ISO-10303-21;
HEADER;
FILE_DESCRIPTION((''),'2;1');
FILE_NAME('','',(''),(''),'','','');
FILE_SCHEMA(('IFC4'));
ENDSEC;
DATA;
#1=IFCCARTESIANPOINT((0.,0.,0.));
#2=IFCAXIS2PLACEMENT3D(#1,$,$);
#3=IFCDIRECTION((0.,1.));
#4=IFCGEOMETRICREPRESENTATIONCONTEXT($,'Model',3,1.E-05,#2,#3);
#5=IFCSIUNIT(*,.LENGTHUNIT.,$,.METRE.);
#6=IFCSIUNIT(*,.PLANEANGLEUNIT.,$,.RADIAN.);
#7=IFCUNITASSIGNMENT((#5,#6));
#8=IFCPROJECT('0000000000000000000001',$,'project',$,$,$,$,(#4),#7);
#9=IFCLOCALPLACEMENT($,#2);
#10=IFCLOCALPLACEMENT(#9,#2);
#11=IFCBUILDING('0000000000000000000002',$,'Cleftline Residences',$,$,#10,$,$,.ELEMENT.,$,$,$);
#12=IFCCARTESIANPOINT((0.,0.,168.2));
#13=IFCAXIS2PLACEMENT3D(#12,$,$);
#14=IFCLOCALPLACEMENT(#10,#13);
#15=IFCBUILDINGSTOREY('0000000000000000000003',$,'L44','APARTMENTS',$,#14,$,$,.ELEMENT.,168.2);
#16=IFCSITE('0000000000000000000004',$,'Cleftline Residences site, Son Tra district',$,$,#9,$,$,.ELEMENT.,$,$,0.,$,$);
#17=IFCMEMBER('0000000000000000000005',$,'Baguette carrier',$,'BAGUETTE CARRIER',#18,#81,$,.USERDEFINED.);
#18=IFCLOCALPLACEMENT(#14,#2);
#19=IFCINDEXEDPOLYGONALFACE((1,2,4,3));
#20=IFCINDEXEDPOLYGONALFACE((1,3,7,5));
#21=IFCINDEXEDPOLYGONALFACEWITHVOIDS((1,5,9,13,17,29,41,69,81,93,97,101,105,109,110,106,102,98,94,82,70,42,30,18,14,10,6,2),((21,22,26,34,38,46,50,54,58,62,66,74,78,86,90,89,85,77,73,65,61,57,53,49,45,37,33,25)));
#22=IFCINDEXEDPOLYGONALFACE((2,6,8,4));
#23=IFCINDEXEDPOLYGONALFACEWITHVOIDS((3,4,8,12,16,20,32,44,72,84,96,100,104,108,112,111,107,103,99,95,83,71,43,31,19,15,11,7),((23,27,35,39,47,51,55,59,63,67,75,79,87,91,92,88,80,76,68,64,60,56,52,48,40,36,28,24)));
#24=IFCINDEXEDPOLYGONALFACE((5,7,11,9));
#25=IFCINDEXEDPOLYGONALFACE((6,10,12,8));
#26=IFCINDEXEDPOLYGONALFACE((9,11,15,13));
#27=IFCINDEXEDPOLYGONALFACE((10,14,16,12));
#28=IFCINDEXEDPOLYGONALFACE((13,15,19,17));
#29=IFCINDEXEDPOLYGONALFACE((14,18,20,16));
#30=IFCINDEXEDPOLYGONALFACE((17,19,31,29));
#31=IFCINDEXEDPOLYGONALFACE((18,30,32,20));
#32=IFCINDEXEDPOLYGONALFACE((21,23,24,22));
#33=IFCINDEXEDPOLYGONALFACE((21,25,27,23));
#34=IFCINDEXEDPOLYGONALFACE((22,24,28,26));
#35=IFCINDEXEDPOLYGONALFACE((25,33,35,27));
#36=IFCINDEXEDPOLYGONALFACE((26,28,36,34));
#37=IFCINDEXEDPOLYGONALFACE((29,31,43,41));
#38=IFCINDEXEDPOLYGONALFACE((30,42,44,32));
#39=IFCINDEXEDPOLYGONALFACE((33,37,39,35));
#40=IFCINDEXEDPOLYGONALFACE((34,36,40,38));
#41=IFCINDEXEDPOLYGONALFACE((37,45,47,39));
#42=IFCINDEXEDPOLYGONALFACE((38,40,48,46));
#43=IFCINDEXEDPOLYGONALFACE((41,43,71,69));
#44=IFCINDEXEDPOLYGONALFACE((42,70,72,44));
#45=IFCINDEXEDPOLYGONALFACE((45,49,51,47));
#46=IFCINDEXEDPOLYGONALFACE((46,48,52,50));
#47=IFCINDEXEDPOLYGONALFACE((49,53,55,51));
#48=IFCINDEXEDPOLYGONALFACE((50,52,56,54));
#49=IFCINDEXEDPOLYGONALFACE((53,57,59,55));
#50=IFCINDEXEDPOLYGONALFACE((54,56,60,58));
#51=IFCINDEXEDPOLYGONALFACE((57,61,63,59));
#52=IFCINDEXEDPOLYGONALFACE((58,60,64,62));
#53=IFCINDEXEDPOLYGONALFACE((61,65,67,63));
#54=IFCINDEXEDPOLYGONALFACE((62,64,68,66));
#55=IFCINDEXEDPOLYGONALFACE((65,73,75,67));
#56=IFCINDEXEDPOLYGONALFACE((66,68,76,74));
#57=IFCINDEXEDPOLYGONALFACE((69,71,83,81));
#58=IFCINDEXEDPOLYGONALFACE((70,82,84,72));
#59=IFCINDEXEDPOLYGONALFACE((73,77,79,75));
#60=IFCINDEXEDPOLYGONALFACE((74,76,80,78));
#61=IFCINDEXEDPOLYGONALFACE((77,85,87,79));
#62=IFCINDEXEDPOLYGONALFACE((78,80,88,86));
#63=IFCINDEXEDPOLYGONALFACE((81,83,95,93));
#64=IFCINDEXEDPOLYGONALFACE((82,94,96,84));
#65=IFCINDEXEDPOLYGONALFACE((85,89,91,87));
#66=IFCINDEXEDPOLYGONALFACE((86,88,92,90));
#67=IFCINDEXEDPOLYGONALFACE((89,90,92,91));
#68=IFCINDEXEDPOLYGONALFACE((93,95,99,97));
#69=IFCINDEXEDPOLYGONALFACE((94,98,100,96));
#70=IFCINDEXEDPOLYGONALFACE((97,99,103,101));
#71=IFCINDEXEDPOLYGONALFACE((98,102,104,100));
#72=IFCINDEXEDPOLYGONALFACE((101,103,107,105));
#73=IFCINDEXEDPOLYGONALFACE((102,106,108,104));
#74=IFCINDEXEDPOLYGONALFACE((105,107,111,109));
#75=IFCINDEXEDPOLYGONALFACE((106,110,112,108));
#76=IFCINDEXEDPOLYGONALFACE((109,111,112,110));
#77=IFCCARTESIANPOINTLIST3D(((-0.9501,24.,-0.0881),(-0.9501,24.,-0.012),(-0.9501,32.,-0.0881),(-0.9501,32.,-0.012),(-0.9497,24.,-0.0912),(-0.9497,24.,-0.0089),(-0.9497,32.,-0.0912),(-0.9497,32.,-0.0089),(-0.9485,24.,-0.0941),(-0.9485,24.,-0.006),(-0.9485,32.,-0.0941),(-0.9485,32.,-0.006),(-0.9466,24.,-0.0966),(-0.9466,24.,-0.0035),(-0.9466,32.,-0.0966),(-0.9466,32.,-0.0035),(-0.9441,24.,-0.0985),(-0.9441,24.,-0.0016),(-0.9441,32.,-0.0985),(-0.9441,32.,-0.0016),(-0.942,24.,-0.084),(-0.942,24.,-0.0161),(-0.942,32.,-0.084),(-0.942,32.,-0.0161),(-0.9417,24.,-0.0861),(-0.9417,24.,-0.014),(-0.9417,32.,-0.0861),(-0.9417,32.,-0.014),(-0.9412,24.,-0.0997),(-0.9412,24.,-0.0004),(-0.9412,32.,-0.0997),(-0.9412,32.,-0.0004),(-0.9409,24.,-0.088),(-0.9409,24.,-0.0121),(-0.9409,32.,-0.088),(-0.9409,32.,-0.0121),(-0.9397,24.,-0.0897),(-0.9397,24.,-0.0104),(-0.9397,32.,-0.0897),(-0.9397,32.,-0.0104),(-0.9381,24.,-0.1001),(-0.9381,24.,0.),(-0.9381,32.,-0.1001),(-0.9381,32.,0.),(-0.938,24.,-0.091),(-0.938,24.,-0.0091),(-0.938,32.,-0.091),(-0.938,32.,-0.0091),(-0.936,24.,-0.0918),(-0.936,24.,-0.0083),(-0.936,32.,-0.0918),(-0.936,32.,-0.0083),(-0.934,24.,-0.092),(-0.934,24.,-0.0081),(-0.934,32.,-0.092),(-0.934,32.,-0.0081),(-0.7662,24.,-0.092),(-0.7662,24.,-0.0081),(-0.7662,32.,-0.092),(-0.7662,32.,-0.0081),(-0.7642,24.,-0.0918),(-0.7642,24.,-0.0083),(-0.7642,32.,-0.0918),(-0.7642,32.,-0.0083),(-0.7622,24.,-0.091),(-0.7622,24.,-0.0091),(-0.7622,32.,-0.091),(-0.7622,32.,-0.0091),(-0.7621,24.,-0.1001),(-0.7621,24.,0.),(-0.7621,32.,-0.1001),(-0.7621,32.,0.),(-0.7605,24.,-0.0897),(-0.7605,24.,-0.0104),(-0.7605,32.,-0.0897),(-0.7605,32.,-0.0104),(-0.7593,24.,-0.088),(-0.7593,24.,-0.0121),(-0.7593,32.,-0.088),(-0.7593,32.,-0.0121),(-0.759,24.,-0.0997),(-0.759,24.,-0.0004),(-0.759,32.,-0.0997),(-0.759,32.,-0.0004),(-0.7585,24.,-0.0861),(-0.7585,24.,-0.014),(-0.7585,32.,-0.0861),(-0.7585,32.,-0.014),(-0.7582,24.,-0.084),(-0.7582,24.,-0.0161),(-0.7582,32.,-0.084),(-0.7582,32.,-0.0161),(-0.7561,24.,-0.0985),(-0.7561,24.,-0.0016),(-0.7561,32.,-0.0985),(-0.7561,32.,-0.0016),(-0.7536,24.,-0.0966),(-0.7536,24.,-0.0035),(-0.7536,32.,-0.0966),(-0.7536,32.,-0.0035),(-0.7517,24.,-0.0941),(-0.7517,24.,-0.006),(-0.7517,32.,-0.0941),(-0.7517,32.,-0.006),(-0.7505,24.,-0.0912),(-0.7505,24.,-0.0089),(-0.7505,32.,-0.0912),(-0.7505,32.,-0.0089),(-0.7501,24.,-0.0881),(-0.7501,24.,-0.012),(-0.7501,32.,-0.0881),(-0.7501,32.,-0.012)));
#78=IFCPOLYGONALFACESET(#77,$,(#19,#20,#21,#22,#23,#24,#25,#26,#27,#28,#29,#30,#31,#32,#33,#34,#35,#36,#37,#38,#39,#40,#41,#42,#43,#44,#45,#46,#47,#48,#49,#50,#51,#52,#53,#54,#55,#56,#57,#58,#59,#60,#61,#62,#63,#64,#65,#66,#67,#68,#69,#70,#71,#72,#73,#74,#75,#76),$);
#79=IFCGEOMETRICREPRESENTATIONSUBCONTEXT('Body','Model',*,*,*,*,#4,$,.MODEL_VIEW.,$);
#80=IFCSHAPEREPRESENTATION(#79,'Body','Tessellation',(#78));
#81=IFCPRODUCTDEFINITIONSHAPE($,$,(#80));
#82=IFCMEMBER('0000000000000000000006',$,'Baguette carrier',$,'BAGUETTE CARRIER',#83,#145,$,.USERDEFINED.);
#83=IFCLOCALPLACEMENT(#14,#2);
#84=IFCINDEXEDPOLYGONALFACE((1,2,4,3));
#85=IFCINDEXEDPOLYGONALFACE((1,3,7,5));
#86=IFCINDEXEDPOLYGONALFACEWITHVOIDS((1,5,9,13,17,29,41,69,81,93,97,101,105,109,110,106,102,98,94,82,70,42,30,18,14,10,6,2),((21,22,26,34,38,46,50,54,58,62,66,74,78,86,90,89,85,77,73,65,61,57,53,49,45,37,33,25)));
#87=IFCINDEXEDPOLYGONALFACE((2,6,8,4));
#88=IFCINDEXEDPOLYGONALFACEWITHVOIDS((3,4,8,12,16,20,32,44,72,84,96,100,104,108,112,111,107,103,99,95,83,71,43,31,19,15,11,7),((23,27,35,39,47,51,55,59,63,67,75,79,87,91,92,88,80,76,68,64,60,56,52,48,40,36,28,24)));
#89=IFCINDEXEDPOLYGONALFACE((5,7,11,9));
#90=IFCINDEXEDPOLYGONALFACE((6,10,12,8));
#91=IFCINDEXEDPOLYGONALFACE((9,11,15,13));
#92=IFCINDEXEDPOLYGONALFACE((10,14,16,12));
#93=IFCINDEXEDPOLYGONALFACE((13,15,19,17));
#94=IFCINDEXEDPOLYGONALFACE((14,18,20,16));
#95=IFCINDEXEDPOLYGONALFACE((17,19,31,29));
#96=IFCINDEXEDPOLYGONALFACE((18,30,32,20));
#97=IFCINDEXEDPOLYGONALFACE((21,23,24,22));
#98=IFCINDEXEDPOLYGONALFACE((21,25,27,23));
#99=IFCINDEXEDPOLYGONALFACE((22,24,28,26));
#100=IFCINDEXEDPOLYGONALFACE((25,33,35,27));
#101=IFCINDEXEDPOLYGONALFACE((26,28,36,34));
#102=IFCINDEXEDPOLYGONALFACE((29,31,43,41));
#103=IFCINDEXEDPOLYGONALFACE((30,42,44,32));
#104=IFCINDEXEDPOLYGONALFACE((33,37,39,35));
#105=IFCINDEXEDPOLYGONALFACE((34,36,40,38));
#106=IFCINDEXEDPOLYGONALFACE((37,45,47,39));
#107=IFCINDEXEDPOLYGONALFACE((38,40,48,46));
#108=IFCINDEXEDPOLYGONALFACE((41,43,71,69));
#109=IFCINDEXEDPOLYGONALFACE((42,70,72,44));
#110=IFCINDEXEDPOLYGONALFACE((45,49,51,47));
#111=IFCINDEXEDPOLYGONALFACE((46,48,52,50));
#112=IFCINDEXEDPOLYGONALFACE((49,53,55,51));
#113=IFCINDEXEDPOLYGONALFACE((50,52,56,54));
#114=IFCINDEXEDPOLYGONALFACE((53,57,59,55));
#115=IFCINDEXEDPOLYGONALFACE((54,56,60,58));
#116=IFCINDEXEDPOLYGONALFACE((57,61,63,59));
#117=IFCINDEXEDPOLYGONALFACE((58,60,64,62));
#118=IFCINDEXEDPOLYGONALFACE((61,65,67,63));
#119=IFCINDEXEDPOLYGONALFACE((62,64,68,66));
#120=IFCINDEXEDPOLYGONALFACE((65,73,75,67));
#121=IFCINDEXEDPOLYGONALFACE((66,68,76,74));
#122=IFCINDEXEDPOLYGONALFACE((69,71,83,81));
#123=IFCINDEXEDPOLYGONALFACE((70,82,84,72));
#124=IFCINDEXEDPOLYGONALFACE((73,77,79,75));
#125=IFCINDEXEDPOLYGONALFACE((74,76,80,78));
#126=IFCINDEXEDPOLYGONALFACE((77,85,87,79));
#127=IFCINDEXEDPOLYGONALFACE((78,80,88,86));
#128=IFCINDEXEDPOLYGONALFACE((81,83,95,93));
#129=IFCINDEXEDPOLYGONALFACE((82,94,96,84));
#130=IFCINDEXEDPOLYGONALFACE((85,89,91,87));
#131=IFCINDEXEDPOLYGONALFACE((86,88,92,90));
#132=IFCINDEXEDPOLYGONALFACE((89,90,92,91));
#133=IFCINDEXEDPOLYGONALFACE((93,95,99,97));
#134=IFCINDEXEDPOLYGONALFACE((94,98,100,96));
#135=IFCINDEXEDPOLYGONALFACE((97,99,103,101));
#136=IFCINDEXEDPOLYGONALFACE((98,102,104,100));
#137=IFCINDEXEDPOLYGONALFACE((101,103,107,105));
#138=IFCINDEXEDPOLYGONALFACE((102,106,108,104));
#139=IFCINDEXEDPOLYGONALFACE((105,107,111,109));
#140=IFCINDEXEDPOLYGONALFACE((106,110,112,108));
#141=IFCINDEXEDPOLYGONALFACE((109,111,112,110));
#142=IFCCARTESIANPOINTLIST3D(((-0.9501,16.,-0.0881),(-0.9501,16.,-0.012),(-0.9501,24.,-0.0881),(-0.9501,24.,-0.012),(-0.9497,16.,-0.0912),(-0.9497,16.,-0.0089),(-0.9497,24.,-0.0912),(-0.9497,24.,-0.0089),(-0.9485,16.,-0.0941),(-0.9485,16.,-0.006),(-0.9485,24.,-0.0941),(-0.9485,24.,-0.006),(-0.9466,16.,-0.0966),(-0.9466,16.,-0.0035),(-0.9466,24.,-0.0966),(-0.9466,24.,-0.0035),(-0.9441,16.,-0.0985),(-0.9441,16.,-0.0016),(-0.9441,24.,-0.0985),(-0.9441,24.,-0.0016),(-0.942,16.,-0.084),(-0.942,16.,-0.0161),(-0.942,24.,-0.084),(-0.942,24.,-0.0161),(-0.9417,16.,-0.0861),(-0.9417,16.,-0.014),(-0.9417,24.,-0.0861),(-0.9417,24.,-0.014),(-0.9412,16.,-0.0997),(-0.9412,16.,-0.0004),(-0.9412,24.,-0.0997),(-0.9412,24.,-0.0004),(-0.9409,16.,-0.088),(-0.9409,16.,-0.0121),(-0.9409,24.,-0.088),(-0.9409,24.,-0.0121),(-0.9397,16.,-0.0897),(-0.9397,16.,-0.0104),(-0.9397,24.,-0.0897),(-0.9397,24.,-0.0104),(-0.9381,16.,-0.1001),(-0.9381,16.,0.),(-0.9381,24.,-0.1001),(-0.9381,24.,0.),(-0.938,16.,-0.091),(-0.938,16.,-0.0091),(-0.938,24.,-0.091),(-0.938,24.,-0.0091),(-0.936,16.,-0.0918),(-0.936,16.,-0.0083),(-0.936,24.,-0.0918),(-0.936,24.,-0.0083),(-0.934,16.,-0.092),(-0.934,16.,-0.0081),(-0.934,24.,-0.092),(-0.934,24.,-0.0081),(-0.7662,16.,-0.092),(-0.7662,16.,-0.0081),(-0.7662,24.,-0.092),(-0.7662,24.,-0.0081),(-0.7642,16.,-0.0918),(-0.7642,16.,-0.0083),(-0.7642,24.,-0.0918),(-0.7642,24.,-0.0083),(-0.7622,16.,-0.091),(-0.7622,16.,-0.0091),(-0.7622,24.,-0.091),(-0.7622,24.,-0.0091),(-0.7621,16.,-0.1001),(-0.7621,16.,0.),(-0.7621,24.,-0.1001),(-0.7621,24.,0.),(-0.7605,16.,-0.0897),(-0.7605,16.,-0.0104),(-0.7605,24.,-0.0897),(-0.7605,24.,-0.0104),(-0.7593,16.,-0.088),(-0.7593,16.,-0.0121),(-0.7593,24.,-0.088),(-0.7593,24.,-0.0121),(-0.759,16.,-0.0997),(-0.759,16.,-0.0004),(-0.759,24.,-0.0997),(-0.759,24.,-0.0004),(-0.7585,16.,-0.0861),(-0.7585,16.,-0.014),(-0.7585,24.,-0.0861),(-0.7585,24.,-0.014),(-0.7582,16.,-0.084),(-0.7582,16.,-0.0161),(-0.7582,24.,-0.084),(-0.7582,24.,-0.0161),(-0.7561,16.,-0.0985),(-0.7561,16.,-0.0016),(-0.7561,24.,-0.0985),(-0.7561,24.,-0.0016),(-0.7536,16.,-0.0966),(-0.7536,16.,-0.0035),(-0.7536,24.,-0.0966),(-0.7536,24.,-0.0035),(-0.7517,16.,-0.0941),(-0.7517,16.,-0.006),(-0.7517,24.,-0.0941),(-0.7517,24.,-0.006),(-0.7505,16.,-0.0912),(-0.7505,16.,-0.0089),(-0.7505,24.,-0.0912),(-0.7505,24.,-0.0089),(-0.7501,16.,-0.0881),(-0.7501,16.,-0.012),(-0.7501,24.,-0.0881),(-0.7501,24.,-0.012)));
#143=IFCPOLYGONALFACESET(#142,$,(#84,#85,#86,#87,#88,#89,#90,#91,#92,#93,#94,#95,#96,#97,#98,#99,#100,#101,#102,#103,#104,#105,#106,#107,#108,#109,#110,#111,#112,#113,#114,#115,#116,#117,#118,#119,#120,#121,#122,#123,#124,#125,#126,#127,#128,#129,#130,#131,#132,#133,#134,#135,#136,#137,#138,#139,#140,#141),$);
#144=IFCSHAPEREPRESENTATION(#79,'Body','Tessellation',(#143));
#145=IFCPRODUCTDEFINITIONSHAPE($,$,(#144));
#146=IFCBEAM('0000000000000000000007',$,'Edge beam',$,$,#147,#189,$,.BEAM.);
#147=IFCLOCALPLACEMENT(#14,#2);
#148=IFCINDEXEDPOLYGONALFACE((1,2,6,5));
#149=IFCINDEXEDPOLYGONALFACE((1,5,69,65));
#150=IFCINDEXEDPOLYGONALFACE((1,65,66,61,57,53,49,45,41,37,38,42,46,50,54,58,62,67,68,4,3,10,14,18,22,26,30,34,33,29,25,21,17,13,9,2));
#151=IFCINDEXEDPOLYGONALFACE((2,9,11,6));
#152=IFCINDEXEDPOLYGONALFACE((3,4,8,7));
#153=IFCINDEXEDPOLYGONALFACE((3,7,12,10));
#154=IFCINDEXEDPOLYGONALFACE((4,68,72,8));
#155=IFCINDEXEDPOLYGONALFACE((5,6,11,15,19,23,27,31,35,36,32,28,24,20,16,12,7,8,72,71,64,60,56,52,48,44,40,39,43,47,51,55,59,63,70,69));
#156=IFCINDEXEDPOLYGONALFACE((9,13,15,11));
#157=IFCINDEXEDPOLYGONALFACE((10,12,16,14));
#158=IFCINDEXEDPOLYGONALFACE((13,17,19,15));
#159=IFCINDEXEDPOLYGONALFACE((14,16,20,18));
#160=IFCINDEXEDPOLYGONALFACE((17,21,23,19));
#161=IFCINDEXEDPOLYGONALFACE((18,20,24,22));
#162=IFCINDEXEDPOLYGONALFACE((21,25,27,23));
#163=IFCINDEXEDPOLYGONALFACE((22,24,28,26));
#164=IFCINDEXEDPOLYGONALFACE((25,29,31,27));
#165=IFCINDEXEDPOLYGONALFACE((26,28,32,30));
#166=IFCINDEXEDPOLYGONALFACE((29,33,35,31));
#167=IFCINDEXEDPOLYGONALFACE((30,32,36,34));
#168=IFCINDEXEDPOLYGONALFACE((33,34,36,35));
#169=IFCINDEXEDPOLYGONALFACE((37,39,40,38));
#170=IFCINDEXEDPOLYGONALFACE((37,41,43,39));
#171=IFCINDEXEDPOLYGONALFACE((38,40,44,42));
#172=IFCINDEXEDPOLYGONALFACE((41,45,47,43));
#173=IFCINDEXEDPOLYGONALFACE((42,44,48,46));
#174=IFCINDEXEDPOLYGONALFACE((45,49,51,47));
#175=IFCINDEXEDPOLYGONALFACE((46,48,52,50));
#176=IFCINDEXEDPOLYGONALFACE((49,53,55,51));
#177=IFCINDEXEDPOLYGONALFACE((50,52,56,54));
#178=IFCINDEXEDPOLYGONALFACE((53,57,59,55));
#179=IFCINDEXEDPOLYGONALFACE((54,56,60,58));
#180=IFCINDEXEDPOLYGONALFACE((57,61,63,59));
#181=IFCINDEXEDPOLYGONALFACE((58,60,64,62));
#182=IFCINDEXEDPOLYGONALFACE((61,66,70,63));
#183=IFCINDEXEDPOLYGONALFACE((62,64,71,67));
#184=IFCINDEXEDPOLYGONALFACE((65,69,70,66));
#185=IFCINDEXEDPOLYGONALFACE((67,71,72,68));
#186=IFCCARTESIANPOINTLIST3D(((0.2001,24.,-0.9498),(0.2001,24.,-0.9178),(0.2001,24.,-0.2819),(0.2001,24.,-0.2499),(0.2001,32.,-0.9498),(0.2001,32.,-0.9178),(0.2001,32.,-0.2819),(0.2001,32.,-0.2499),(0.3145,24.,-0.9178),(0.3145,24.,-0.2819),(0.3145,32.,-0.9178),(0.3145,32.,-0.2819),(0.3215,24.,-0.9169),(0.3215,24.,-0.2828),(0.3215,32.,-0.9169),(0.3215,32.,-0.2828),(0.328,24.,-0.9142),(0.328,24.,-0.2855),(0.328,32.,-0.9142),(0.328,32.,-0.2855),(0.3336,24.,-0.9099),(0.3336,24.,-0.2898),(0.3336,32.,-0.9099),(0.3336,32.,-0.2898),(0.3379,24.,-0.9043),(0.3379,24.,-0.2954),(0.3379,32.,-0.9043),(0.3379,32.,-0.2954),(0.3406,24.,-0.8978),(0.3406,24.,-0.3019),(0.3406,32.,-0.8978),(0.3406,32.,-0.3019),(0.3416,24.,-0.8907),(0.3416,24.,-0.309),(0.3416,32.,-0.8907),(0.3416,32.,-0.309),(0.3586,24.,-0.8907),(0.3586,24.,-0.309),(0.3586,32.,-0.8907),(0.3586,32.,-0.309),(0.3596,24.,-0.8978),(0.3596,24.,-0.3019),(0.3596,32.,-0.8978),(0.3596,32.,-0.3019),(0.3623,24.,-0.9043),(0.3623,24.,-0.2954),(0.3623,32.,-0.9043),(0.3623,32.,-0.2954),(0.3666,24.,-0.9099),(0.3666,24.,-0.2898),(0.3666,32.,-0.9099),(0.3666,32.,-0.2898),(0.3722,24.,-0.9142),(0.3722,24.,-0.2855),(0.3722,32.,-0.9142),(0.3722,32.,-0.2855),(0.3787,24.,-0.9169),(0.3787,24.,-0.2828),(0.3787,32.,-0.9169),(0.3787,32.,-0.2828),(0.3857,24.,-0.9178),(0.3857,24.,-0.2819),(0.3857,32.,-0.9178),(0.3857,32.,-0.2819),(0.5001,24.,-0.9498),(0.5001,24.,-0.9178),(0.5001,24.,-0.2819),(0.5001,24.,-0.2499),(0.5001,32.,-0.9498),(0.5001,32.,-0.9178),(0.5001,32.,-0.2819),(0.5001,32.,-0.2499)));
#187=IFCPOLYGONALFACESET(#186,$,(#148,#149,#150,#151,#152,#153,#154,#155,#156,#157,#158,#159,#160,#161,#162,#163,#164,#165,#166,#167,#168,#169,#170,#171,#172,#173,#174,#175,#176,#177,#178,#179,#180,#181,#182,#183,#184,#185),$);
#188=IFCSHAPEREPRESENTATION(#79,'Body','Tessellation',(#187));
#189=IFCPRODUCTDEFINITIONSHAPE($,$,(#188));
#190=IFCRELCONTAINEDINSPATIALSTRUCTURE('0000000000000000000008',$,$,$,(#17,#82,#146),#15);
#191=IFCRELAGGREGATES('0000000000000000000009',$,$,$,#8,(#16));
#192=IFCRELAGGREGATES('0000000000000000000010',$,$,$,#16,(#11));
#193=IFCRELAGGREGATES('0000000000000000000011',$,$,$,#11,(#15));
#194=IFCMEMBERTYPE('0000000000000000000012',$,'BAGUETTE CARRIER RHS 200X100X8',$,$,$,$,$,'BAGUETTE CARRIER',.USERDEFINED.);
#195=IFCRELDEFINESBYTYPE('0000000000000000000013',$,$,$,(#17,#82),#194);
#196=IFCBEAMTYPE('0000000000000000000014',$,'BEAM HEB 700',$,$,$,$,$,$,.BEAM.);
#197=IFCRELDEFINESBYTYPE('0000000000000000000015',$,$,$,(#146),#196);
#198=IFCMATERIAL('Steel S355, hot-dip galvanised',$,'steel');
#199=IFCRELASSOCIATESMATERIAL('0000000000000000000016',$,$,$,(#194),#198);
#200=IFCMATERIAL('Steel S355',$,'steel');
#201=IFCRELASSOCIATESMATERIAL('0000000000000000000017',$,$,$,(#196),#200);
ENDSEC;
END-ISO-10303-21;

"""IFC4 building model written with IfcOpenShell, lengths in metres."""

from ifc_helpers import new_model, si_unit, direction, frame, origin, origin_2d, place, context, subcontext, project, spatial, hollow_rectangle, i_section, extrude, material, material_profile, profile_set, type_object, element, save


model = new_model("IFC4")

# Units and contexts
model_context = context("Model", 3, precision=1e-05, world=origin(), true_north=direction((0.0, 1.0)))
body_context = subcontext(model_context, "Body", "Model", "MODEL_VIEW")
ifc_project = project(units=[si_unit("LENGTHUNIT", "METRE"), si_unit("PLANEANGLEUNIT", "RADIAN")], contexts=[model_context])

# Site, building, storey
site_placement = place(None, origin())
site = spatial("IfcSite", under=ifc_project, at=site_placement, Name="Cleftline Residences site, Son Tra district", CompositionType="ELEMENT", RefElevation=0.0)
building_placement = place(site_placement, origin())
building = spatial("IfcBuilding", under=site, at=building_placement, Name="Cleftline Residences", CompositionType="ELEMENT")
storey_placement = place(building_placement, frame((0.0, 0.0, 168.2)))
storey = spatial("IfcBuildingStorey", under=building, at=storey_placement, Name="L44", Description="APARTMENTS", CompositionType="ELEMENT", Elevation=168.2)

# Members
ifc_material_1 = material(Name="Steel S355, hot-dip galvanised", Category="steel")
ifc_material_profile_1 = material_profile(ifc_material_1, hollow_rectangle(XDim=0.1001, YDim=0.2, WallThickness=0.0081, InnerFilletRadius=0.0081, OuterFilletRadius=0.012, at=origin_2d()))
ifc_profile_set_1 = profile_set([ifc_material_profile_1], Name="Steel S355, hot-dip galvanised")
member_type_1 = type_object("IfcMemberType", Name="BAGUETTE CARRIER RHS 200X100X8", ElementType="BAGUETTE CARRIER", PredefinedType="USERDEFINED", material=ifc_profile_set_1)
for number, where, z_axis, x_axis, name in (
    (1, (-0.8501, 32.0, -0.05), (0.0, -1.0, 0.0), (0.0, 0.0, 1.0), "Baguette carrier"),
    (2, (-0.8501, 24.0, -0.05), (0.0, -1.0, 0.0), (0.0, 0.0, 1.0), "Baguette carrier"),
):
    element("IfcMember", number, at=place(storey_placement, frame(where, z_axis=z_axis, x_axis=x_axis)), inside=storey, type_object=member_type_1, Name=name, ObjectType="BAGUETTE CARRIER", PredefinedType="USERDEFINED", context=body_context, shape_type="SweptSolid", body=[
        extrude(hollow_rectangle(XDim=0.1001, YDim=0.2, WallThickness=0.0081, InnerFilletRadius=0.0081, OuterFilletRadius=0.012, at=origin_2d()), origin(), (0.0, 0.0, 1.0), 8.0),
    ])

# Beam
ifc_material_2 = material(Name="Steel S355", Category="steel")
ifc_material_profile_2 = material_profile(ifc_material_2, i_section(OverallWidth=0.3, OverallDepth=0.7, WebThickness=0.0171, FlangeThickness=0.032, FilletRadius=0.0271, at=origin_2d()))
ifc_profile_set_2 = profile_set([ifc_material_profile_2], Name="Steel S355")
beam_type_1 = type_object("IfcBeamType", Name="BEAM HEB 700", PredefinedType="BEAM", material=ifc_profile_set_2)
for number, where, z_axis, x_axis, name in (
    (3, (0.3501, 24.0, -0.5999), (0.0, 1.0, 0.0), (-1.0, 0.0, 0.0), "Edge beam"),
):
    element("IfcBeam", number, at=place(storey_placement, frame(where, z_axis=z_axis, x_axis=x_axis)), inside=storey, type_object=beam_type_1, Name=name, PredefinedType="BEAM", context=body_context, shape_type="SweptSolid", body=[
        extrude(i_section(OverallWidth=0.3, OverallDepth=0.7, WebThickness=0.0171, FlangeThickness=0.032, FilletRadius=0.0271, at=origin_2d()), origin(), (0.0, 0.0, 1.0), 8.0),
    ])

save(model, "model.ifc")
